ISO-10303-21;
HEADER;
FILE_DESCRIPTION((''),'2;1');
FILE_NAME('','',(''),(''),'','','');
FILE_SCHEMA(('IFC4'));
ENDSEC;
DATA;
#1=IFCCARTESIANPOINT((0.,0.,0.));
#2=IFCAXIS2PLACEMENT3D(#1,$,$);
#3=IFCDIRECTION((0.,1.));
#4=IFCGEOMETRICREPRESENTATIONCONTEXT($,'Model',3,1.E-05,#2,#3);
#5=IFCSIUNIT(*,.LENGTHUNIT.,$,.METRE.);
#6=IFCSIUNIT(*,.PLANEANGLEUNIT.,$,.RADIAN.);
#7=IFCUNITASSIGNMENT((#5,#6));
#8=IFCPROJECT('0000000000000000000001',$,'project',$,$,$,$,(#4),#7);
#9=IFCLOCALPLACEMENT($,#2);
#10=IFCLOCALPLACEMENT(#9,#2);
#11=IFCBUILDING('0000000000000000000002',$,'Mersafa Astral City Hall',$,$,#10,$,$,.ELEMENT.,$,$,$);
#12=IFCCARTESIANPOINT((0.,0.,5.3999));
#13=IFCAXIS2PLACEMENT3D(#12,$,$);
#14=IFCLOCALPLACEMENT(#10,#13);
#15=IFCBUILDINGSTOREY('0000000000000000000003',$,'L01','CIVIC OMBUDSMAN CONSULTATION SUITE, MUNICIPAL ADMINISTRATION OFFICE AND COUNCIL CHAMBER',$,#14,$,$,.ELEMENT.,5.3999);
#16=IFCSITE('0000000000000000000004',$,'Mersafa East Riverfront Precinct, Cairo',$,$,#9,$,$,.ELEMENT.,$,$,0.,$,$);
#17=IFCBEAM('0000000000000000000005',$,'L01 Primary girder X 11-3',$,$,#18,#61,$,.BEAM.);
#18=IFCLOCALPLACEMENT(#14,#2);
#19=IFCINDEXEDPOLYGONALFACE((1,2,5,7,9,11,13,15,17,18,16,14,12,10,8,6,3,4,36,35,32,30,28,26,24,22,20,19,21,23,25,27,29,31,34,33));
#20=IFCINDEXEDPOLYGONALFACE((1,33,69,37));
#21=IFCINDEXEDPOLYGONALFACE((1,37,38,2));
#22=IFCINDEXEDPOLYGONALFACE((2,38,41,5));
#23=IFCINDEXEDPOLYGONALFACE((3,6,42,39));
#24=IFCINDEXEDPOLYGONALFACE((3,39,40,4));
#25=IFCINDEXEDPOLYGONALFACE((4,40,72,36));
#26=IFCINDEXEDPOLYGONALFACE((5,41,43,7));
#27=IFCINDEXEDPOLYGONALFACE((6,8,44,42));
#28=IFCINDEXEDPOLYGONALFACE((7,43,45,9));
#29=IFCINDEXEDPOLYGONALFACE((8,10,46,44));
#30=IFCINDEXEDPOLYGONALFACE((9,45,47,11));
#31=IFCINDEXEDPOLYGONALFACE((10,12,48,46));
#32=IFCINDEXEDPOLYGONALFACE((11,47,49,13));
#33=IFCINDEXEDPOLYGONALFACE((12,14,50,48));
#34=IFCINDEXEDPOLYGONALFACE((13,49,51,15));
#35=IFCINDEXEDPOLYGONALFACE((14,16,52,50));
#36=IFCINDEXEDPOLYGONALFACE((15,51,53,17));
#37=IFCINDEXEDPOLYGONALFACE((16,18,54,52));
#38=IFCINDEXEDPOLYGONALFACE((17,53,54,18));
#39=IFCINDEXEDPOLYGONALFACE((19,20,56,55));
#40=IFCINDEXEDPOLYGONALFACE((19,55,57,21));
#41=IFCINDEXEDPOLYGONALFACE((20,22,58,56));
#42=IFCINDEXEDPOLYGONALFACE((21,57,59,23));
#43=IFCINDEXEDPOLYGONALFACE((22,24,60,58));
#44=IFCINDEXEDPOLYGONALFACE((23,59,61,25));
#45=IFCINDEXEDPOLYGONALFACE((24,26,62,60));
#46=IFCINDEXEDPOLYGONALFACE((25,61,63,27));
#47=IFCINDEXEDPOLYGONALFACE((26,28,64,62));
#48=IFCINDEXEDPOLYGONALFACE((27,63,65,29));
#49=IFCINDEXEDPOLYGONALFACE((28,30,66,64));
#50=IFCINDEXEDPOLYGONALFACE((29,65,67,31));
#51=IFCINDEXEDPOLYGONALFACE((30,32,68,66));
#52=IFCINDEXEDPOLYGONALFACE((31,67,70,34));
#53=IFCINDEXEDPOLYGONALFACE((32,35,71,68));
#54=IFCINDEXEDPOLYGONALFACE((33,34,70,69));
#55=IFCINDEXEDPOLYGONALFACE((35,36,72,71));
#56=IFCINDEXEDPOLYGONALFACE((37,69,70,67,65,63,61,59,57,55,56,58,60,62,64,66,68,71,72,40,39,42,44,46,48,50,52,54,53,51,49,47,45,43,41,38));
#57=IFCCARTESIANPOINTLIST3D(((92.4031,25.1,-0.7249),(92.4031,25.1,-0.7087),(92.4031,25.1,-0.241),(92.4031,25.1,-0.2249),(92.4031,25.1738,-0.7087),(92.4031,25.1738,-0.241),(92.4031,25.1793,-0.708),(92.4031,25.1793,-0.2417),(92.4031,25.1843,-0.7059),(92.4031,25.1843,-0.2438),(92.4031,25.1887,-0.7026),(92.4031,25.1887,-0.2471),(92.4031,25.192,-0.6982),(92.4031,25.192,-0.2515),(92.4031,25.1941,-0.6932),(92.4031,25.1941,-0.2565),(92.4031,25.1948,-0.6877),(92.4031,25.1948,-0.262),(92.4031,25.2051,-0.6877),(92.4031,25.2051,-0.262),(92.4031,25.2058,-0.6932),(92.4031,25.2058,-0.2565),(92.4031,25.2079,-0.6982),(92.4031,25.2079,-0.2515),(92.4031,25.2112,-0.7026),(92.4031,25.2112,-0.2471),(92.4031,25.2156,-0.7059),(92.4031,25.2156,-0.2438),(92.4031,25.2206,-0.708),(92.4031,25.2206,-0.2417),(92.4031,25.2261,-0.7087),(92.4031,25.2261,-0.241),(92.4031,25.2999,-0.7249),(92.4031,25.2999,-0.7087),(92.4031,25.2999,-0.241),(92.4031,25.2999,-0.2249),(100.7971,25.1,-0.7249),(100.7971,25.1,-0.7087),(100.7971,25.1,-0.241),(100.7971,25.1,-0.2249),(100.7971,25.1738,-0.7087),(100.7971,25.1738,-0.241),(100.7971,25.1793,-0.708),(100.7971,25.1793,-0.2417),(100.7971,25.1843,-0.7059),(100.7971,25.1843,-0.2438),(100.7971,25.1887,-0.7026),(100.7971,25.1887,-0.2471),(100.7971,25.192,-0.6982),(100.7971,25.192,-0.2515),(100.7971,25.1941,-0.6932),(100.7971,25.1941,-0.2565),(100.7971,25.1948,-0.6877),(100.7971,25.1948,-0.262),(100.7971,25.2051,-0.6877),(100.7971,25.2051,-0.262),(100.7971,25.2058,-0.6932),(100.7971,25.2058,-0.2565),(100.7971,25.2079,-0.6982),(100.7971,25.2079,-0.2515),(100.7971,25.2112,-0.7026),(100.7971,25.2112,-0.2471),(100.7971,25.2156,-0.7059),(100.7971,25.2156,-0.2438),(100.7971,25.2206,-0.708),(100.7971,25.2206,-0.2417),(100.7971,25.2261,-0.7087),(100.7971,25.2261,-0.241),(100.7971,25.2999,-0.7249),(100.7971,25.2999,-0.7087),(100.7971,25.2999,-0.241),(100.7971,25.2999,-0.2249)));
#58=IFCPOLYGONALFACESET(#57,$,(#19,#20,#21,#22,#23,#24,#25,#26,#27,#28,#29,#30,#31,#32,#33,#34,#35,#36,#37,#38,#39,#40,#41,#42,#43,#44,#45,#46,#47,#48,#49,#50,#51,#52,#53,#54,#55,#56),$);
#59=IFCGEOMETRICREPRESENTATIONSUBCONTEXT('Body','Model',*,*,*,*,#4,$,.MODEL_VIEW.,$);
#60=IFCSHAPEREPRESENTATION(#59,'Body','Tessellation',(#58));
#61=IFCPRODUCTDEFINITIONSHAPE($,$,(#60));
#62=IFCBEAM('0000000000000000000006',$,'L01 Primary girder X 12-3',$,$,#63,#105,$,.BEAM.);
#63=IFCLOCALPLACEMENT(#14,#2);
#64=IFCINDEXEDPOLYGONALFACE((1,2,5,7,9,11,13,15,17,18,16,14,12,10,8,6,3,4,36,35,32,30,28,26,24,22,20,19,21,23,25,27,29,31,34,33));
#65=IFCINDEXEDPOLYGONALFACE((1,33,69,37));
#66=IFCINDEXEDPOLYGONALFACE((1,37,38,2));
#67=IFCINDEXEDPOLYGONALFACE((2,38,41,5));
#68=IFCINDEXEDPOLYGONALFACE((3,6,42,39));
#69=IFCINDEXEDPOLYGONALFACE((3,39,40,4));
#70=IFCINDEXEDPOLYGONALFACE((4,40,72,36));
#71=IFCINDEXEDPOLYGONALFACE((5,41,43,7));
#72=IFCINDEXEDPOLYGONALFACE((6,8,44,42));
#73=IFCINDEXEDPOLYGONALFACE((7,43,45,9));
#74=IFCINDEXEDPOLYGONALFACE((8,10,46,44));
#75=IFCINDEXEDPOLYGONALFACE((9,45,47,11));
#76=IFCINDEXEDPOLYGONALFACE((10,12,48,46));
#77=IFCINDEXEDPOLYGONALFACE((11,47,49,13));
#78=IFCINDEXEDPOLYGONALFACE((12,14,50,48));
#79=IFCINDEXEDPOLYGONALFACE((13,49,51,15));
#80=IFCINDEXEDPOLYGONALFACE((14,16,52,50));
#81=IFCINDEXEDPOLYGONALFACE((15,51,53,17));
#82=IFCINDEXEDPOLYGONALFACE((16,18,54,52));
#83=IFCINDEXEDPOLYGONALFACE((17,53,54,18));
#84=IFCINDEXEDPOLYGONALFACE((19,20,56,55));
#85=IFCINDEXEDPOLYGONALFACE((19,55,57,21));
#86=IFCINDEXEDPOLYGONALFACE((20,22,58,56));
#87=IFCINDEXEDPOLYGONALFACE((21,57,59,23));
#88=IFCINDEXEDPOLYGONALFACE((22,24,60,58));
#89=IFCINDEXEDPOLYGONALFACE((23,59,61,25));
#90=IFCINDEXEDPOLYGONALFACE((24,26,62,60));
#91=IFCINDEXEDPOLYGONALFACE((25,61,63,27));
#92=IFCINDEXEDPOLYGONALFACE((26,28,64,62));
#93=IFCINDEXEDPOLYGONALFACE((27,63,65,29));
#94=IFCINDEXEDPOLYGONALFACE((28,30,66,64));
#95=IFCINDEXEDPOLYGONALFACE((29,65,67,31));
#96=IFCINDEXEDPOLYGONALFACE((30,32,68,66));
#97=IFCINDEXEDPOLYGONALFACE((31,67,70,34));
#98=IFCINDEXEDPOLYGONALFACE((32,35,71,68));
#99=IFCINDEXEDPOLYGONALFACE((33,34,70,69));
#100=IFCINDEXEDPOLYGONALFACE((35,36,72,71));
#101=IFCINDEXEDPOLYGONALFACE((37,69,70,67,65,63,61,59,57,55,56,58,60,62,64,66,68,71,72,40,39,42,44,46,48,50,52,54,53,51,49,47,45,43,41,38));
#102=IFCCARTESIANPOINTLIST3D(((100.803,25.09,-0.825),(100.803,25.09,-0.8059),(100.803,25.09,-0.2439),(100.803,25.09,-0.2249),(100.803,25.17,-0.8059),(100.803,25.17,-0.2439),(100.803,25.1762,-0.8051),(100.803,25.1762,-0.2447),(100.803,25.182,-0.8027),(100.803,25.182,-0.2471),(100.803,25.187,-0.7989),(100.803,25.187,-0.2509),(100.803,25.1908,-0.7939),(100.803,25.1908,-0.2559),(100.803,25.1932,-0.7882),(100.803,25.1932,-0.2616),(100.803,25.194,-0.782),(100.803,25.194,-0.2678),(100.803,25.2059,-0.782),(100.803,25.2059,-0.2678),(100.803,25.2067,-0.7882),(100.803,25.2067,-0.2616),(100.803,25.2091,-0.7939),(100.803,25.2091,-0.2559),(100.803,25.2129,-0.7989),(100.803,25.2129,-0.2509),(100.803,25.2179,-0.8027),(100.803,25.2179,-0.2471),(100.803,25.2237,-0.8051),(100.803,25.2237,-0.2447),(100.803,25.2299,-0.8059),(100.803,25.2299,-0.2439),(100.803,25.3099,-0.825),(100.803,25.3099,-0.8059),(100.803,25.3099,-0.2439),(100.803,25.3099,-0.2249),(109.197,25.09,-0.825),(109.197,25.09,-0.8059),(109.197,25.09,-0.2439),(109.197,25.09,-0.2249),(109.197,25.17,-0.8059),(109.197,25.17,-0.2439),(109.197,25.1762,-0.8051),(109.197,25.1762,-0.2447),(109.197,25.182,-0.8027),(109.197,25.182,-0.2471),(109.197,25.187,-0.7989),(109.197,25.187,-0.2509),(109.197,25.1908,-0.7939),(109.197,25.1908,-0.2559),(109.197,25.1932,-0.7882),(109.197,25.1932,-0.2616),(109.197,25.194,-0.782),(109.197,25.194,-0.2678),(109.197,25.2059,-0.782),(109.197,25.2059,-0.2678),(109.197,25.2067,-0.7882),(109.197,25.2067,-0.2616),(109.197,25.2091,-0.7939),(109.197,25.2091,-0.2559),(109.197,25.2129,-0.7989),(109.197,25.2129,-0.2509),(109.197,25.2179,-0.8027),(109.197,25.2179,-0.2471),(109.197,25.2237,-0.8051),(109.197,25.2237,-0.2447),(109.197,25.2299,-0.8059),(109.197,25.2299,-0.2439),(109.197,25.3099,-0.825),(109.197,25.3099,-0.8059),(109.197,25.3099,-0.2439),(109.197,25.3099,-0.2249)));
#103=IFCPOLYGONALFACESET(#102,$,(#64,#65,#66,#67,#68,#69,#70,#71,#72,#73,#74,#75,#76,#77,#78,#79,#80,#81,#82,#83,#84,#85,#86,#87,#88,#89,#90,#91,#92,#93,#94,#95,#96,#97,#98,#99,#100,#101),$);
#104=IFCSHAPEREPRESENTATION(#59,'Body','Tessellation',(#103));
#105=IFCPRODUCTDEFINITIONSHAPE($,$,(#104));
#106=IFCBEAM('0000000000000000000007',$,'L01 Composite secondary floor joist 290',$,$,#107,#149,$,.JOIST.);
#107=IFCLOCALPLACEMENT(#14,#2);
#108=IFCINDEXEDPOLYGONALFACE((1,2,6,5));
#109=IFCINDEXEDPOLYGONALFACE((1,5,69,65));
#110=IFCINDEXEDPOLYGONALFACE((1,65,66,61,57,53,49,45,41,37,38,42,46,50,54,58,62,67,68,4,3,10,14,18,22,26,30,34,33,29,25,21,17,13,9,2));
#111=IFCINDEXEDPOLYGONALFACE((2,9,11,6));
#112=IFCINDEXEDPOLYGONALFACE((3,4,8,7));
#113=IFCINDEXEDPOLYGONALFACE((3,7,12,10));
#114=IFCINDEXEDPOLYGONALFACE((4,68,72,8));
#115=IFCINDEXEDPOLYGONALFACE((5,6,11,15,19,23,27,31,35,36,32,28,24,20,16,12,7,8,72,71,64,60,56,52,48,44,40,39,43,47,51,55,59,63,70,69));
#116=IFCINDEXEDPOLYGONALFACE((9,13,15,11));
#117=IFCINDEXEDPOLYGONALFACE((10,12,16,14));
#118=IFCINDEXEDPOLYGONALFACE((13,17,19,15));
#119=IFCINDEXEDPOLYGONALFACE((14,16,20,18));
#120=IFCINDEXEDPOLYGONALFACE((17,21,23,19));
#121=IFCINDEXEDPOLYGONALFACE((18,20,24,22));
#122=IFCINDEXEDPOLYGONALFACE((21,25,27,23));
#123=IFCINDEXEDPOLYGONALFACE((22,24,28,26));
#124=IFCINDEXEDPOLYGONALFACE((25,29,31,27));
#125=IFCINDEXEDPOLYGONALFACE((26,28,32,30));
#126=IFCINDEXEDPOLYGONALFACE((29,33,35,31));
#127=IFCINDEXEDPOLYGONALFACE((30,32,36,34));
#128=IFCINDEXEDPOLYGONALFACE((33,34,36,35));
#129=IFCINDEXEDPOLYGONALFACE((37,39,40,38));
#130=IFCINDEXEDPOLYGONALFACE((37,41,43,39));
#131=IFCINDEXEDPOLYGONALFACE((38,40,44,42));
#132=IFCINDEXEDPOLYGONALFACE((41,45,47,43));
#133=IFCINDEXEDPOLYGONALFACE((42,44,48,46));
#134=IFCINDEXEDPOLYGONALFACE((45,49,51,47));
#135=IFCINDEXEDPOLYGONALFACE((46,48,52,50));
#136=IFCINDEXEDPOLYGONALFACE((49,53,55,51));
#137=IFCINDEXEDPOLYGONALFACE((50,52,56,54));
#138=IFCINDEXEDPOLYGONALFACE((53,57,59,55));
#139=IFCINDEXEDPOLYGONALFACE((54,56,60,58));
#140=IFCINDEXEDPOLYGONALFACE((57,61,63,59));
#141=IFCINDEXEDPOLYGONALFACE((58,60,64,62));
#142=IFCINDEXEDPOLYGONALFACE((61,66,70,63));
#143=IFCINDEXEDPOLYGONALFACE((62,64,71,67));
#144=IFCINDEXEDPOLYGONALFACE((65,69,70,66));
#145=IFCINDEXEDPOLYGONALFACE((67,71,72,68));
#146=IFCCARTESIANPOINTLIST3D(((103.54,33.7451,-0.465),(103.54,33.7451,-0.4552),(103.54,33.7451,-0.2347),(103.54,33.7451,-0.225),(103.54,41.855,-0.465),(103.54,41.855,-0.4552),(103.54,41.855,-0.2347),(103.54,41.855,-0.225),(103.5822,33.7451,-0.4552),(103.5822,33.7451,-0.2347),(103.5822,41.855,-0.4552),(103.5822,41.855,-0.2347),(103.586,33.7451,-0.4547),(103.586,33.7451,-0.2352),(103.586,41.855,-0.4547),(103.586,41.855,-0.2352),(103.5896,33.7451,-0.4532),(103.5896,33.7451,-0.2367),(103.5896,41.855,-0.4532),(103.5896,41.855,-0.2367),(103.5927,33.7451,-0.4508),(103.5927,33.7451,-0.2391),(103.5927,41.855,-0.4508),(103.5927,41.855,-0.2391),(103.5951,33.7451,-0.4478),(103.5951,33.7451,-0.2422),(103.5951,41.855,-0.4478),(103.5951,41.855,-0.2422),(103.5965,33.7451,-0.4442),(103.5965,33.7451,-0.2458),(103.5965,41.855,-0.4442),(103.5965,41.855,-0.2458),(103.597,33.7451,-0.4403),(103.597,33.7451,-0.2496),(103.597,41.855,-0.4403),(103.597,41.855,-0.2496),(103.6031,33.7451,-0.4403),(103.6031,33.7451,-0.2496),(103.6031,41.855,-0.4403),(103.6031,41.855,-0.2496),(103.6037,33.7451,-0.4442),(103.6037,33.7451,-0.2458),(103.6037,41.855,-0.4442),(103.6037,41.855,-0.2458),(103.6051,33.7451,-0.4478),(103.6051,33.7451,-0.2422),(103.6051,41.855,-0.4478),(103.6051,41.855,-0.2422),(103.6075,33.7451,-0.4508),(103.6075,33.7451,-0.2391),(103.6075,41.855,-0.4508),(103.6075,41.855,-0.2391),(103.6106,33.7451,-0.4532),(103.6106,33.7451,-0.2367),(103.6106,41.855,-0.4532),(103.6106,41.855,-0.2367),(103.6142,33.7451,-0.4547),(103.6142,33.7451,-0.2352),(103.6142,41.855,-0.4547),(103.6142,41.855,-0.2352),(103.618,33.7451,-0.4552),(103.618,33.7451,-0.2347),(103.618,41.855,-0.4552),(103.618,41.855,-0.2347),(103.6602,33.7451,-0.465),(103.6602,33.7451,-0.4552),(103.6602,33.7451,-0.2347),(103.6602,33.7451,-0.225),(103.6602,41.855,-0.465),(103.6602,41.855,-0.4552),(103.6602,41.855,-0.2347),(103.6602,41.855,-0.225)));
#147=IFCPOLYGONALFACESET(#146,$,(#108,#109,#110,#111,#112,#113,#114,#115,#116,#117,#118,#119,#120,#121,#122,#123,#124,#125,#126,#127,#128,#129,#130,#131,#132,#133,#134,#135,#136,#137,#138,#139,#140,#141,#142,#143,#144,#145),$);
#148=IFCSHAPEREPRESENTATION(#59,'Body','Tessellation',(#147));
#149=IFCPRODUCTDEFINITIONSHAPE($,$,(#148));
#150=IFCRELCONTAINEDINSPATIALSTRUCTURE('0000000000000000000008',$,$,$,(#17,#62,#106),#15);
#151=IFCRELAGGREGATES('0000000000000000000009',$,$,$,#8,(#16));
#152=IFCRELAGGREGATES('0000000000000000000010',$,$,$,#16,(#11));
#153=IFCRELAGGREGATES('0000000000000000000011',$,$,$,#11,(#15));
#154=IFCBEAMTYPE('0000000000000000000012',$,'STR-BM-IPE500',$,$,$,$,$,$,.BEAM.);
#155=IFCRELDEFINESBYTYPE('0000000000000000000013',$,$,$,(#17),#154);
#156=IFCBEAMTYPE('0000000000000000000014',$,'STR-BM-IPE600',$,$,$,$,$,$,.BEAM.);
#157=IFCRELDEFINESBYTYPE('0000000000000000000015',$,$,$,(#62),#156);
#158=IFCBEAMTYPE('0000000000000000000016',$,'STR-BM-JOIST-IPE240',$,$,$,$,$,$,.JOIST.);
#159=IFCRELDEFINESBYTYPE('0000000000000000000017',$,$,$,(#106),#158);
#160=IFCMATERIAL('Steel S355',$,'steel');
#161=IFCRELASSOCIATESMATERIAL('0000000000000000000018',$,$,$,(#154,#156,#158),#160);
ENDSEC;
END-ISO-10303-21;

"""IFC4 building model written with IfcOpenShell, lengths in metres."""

from ifc_helpers import new_model, si_unit, direction, frame, origin, origin_2d, place, context, subcontext, project, spatial, i_section, extrude, material, material_profile, profile_set, type_object, element, save


model = new_model("IFC4")

# Units and contexts
model_context = context("Model", 3, precision=1e-05, world=origin(), true_north=direction((0.0, 1.0)))
body_context = subcontext(model_context, "Body", "Model", "MODEL_VIEW")
ifc_project = project(units=[si_unit("LENGTHUNIT", "METRE"), si_unit("PLANEANGLEUNIT", "RADIAN")], contexts=[model_context])

# Site, building, storey
site_placement = place(None, origin())
site = spatial("IfcSite", under=ifc_project, at=site_placement, Name="Mersafa East Riverfront Precinct, Cairo", CompositionType="ELEMENT", RefElevation=0.0)
building_placement = place(site_placement, origin())
building = spatial("IfcBuilding", under=site, at=building_placement, Name="Mersafa Astral City Hall", CompositionType="ELEMENT")
storey_placement = place(building_placement, frame((0.0, 0.0, 5.3999)))
storey = spatial("IfcBuildingStorey", under=building, at=storey_placement, Name="L01", Description="CIVIC OMBUDSMAN CONSULTATION SUITE, MUNICIPAL ADMINISTRATION OFFICE AND COUNCIL CHAMBER", CompositionType="ELEMENT", Elevation=5.3999)

# Shared definitions
ifc_material_1 = material(Name="Steel S355", Category="steel")

# Beams
ifc_material_profile_1 = material_profile(ifc_material_1, i_section(OverallWidth=0.2, OverallDepth=0.5, WebThickness=0.0103, FlangeThickness=0.0161, FilletRadius=0.021, at=origin_2d()), Name="IPE 500")
ifc_profile_set_1 = profile_set([ifc_material_profile_1], Name="Steel S355")
beam_type_1 = type_object("IfcBeamType", Name="STR-BM-IPE500", PredefinedType="BEAM", material=ifc_profile_set_1)
beam_1_placement = place(storey_placement, frame((92.4031, 25.2, -0.4749), z_axis=(1.0, 0.0, 0.0), x_axis=(0.0, 1.0, 0.0)))
element("IfcBeam", 1, at=beam_1_placement, inside=storey, type_object=beam_type_1, Name="L01 Primary girder X 11-3", PredefinedType="BEAM", context=body_context, shape_type="SweptSolid", body=[
    extrude(i_section(OverallWidth=0.2, OverallDepth=0.5, WebThickness=0.0103, FlangeThickness=0.0161, FilletRadius=0.021, at=origin_2d()), origin(), (0.0, 0.0, 1.0), 8.394),
])
ifc_material_profile_2 = material_profile(ifc_material_1, i_section(OverallWidth=0.22, OverallDepth=0.6001, WebThickness=0.012, FlangeThickness=0.019, FilletRadius=0.0239, at=origin_2d()), Name="IPE 600")
ifc_profile_set_2 = profile_set([ifc_material_profile_2], Name="Steel S355")
beam_type_2 = type_object("IfcBeamType", Name="STR-BM-IPE600", PredefinedType="BEAM", material=ifc_profile_set_2)
beam_2_placement = place(storey_placement, frame((100.803, 25.2, -0.5249), z_axis=(1.0, 0.0, 0.0), x_axis=(0.0, 1.0, 0.0)))
element("IfcBeam", 2, at=beam_2_placement, inside=storey, type_object=beam_type_2, Name="L01 Primary girder X 12-3", PredefinedType="BEAM", context=body_context, shape_type="SweptSolid", body=[
    extrude(i_section(OverallWidth=0.22, OverallDepth=0.6001, WebThickness=0.012, FlangeThickness=0.019, FilletRadius=0.0239, at=origin_2d()), origin(), (0.0, 0.0, 1.0), 8.394),
])
ifc_material_profile_3 = material_profile(ifc_material_1, i_section(OverallWidth=0.1201, OverallDepth=0.24, WebThickness=0.0061, FlangeThickness=0.0098, FilletRadius=0.0149, at=origin_2d()), Name="IPE 240")
ifc_profile_set_3 = profile_set([ifc_material_profile_3], Name="Steel S355")
beam_type_3 = type_object("IfcBeamType", Name="STR-BM-JOIST-IPE240", PredefinedType="JOIST", material=ifc_profile_set_3)
beam_3_placement = place(storey_placement, frame((103.6001, 33.7451, -0.345), z_axis=(0.0, 1.0, 0.0), x_axis=(-1.0, 0.0, 0.0)))
element("IfcBeam", 3, at=beam_3_placement, inside=storey, type_object=beam_type_3, Name="L01 Composite secondary floor joist 290", PredefinedType="JOIST", context=body_context, shape_type="SweptSolid", body=[
    extrude(i_section(OverallWidth=0.1201, OverallDepth=0.24, WebThickness=0.0061, FlangeThickness=0.0098, FilletRadius=0.0149, at=origin_2d()), origin(), (0.0, 0.0, 1.0), 8.1099),
])

save(model, "model.ifc")
